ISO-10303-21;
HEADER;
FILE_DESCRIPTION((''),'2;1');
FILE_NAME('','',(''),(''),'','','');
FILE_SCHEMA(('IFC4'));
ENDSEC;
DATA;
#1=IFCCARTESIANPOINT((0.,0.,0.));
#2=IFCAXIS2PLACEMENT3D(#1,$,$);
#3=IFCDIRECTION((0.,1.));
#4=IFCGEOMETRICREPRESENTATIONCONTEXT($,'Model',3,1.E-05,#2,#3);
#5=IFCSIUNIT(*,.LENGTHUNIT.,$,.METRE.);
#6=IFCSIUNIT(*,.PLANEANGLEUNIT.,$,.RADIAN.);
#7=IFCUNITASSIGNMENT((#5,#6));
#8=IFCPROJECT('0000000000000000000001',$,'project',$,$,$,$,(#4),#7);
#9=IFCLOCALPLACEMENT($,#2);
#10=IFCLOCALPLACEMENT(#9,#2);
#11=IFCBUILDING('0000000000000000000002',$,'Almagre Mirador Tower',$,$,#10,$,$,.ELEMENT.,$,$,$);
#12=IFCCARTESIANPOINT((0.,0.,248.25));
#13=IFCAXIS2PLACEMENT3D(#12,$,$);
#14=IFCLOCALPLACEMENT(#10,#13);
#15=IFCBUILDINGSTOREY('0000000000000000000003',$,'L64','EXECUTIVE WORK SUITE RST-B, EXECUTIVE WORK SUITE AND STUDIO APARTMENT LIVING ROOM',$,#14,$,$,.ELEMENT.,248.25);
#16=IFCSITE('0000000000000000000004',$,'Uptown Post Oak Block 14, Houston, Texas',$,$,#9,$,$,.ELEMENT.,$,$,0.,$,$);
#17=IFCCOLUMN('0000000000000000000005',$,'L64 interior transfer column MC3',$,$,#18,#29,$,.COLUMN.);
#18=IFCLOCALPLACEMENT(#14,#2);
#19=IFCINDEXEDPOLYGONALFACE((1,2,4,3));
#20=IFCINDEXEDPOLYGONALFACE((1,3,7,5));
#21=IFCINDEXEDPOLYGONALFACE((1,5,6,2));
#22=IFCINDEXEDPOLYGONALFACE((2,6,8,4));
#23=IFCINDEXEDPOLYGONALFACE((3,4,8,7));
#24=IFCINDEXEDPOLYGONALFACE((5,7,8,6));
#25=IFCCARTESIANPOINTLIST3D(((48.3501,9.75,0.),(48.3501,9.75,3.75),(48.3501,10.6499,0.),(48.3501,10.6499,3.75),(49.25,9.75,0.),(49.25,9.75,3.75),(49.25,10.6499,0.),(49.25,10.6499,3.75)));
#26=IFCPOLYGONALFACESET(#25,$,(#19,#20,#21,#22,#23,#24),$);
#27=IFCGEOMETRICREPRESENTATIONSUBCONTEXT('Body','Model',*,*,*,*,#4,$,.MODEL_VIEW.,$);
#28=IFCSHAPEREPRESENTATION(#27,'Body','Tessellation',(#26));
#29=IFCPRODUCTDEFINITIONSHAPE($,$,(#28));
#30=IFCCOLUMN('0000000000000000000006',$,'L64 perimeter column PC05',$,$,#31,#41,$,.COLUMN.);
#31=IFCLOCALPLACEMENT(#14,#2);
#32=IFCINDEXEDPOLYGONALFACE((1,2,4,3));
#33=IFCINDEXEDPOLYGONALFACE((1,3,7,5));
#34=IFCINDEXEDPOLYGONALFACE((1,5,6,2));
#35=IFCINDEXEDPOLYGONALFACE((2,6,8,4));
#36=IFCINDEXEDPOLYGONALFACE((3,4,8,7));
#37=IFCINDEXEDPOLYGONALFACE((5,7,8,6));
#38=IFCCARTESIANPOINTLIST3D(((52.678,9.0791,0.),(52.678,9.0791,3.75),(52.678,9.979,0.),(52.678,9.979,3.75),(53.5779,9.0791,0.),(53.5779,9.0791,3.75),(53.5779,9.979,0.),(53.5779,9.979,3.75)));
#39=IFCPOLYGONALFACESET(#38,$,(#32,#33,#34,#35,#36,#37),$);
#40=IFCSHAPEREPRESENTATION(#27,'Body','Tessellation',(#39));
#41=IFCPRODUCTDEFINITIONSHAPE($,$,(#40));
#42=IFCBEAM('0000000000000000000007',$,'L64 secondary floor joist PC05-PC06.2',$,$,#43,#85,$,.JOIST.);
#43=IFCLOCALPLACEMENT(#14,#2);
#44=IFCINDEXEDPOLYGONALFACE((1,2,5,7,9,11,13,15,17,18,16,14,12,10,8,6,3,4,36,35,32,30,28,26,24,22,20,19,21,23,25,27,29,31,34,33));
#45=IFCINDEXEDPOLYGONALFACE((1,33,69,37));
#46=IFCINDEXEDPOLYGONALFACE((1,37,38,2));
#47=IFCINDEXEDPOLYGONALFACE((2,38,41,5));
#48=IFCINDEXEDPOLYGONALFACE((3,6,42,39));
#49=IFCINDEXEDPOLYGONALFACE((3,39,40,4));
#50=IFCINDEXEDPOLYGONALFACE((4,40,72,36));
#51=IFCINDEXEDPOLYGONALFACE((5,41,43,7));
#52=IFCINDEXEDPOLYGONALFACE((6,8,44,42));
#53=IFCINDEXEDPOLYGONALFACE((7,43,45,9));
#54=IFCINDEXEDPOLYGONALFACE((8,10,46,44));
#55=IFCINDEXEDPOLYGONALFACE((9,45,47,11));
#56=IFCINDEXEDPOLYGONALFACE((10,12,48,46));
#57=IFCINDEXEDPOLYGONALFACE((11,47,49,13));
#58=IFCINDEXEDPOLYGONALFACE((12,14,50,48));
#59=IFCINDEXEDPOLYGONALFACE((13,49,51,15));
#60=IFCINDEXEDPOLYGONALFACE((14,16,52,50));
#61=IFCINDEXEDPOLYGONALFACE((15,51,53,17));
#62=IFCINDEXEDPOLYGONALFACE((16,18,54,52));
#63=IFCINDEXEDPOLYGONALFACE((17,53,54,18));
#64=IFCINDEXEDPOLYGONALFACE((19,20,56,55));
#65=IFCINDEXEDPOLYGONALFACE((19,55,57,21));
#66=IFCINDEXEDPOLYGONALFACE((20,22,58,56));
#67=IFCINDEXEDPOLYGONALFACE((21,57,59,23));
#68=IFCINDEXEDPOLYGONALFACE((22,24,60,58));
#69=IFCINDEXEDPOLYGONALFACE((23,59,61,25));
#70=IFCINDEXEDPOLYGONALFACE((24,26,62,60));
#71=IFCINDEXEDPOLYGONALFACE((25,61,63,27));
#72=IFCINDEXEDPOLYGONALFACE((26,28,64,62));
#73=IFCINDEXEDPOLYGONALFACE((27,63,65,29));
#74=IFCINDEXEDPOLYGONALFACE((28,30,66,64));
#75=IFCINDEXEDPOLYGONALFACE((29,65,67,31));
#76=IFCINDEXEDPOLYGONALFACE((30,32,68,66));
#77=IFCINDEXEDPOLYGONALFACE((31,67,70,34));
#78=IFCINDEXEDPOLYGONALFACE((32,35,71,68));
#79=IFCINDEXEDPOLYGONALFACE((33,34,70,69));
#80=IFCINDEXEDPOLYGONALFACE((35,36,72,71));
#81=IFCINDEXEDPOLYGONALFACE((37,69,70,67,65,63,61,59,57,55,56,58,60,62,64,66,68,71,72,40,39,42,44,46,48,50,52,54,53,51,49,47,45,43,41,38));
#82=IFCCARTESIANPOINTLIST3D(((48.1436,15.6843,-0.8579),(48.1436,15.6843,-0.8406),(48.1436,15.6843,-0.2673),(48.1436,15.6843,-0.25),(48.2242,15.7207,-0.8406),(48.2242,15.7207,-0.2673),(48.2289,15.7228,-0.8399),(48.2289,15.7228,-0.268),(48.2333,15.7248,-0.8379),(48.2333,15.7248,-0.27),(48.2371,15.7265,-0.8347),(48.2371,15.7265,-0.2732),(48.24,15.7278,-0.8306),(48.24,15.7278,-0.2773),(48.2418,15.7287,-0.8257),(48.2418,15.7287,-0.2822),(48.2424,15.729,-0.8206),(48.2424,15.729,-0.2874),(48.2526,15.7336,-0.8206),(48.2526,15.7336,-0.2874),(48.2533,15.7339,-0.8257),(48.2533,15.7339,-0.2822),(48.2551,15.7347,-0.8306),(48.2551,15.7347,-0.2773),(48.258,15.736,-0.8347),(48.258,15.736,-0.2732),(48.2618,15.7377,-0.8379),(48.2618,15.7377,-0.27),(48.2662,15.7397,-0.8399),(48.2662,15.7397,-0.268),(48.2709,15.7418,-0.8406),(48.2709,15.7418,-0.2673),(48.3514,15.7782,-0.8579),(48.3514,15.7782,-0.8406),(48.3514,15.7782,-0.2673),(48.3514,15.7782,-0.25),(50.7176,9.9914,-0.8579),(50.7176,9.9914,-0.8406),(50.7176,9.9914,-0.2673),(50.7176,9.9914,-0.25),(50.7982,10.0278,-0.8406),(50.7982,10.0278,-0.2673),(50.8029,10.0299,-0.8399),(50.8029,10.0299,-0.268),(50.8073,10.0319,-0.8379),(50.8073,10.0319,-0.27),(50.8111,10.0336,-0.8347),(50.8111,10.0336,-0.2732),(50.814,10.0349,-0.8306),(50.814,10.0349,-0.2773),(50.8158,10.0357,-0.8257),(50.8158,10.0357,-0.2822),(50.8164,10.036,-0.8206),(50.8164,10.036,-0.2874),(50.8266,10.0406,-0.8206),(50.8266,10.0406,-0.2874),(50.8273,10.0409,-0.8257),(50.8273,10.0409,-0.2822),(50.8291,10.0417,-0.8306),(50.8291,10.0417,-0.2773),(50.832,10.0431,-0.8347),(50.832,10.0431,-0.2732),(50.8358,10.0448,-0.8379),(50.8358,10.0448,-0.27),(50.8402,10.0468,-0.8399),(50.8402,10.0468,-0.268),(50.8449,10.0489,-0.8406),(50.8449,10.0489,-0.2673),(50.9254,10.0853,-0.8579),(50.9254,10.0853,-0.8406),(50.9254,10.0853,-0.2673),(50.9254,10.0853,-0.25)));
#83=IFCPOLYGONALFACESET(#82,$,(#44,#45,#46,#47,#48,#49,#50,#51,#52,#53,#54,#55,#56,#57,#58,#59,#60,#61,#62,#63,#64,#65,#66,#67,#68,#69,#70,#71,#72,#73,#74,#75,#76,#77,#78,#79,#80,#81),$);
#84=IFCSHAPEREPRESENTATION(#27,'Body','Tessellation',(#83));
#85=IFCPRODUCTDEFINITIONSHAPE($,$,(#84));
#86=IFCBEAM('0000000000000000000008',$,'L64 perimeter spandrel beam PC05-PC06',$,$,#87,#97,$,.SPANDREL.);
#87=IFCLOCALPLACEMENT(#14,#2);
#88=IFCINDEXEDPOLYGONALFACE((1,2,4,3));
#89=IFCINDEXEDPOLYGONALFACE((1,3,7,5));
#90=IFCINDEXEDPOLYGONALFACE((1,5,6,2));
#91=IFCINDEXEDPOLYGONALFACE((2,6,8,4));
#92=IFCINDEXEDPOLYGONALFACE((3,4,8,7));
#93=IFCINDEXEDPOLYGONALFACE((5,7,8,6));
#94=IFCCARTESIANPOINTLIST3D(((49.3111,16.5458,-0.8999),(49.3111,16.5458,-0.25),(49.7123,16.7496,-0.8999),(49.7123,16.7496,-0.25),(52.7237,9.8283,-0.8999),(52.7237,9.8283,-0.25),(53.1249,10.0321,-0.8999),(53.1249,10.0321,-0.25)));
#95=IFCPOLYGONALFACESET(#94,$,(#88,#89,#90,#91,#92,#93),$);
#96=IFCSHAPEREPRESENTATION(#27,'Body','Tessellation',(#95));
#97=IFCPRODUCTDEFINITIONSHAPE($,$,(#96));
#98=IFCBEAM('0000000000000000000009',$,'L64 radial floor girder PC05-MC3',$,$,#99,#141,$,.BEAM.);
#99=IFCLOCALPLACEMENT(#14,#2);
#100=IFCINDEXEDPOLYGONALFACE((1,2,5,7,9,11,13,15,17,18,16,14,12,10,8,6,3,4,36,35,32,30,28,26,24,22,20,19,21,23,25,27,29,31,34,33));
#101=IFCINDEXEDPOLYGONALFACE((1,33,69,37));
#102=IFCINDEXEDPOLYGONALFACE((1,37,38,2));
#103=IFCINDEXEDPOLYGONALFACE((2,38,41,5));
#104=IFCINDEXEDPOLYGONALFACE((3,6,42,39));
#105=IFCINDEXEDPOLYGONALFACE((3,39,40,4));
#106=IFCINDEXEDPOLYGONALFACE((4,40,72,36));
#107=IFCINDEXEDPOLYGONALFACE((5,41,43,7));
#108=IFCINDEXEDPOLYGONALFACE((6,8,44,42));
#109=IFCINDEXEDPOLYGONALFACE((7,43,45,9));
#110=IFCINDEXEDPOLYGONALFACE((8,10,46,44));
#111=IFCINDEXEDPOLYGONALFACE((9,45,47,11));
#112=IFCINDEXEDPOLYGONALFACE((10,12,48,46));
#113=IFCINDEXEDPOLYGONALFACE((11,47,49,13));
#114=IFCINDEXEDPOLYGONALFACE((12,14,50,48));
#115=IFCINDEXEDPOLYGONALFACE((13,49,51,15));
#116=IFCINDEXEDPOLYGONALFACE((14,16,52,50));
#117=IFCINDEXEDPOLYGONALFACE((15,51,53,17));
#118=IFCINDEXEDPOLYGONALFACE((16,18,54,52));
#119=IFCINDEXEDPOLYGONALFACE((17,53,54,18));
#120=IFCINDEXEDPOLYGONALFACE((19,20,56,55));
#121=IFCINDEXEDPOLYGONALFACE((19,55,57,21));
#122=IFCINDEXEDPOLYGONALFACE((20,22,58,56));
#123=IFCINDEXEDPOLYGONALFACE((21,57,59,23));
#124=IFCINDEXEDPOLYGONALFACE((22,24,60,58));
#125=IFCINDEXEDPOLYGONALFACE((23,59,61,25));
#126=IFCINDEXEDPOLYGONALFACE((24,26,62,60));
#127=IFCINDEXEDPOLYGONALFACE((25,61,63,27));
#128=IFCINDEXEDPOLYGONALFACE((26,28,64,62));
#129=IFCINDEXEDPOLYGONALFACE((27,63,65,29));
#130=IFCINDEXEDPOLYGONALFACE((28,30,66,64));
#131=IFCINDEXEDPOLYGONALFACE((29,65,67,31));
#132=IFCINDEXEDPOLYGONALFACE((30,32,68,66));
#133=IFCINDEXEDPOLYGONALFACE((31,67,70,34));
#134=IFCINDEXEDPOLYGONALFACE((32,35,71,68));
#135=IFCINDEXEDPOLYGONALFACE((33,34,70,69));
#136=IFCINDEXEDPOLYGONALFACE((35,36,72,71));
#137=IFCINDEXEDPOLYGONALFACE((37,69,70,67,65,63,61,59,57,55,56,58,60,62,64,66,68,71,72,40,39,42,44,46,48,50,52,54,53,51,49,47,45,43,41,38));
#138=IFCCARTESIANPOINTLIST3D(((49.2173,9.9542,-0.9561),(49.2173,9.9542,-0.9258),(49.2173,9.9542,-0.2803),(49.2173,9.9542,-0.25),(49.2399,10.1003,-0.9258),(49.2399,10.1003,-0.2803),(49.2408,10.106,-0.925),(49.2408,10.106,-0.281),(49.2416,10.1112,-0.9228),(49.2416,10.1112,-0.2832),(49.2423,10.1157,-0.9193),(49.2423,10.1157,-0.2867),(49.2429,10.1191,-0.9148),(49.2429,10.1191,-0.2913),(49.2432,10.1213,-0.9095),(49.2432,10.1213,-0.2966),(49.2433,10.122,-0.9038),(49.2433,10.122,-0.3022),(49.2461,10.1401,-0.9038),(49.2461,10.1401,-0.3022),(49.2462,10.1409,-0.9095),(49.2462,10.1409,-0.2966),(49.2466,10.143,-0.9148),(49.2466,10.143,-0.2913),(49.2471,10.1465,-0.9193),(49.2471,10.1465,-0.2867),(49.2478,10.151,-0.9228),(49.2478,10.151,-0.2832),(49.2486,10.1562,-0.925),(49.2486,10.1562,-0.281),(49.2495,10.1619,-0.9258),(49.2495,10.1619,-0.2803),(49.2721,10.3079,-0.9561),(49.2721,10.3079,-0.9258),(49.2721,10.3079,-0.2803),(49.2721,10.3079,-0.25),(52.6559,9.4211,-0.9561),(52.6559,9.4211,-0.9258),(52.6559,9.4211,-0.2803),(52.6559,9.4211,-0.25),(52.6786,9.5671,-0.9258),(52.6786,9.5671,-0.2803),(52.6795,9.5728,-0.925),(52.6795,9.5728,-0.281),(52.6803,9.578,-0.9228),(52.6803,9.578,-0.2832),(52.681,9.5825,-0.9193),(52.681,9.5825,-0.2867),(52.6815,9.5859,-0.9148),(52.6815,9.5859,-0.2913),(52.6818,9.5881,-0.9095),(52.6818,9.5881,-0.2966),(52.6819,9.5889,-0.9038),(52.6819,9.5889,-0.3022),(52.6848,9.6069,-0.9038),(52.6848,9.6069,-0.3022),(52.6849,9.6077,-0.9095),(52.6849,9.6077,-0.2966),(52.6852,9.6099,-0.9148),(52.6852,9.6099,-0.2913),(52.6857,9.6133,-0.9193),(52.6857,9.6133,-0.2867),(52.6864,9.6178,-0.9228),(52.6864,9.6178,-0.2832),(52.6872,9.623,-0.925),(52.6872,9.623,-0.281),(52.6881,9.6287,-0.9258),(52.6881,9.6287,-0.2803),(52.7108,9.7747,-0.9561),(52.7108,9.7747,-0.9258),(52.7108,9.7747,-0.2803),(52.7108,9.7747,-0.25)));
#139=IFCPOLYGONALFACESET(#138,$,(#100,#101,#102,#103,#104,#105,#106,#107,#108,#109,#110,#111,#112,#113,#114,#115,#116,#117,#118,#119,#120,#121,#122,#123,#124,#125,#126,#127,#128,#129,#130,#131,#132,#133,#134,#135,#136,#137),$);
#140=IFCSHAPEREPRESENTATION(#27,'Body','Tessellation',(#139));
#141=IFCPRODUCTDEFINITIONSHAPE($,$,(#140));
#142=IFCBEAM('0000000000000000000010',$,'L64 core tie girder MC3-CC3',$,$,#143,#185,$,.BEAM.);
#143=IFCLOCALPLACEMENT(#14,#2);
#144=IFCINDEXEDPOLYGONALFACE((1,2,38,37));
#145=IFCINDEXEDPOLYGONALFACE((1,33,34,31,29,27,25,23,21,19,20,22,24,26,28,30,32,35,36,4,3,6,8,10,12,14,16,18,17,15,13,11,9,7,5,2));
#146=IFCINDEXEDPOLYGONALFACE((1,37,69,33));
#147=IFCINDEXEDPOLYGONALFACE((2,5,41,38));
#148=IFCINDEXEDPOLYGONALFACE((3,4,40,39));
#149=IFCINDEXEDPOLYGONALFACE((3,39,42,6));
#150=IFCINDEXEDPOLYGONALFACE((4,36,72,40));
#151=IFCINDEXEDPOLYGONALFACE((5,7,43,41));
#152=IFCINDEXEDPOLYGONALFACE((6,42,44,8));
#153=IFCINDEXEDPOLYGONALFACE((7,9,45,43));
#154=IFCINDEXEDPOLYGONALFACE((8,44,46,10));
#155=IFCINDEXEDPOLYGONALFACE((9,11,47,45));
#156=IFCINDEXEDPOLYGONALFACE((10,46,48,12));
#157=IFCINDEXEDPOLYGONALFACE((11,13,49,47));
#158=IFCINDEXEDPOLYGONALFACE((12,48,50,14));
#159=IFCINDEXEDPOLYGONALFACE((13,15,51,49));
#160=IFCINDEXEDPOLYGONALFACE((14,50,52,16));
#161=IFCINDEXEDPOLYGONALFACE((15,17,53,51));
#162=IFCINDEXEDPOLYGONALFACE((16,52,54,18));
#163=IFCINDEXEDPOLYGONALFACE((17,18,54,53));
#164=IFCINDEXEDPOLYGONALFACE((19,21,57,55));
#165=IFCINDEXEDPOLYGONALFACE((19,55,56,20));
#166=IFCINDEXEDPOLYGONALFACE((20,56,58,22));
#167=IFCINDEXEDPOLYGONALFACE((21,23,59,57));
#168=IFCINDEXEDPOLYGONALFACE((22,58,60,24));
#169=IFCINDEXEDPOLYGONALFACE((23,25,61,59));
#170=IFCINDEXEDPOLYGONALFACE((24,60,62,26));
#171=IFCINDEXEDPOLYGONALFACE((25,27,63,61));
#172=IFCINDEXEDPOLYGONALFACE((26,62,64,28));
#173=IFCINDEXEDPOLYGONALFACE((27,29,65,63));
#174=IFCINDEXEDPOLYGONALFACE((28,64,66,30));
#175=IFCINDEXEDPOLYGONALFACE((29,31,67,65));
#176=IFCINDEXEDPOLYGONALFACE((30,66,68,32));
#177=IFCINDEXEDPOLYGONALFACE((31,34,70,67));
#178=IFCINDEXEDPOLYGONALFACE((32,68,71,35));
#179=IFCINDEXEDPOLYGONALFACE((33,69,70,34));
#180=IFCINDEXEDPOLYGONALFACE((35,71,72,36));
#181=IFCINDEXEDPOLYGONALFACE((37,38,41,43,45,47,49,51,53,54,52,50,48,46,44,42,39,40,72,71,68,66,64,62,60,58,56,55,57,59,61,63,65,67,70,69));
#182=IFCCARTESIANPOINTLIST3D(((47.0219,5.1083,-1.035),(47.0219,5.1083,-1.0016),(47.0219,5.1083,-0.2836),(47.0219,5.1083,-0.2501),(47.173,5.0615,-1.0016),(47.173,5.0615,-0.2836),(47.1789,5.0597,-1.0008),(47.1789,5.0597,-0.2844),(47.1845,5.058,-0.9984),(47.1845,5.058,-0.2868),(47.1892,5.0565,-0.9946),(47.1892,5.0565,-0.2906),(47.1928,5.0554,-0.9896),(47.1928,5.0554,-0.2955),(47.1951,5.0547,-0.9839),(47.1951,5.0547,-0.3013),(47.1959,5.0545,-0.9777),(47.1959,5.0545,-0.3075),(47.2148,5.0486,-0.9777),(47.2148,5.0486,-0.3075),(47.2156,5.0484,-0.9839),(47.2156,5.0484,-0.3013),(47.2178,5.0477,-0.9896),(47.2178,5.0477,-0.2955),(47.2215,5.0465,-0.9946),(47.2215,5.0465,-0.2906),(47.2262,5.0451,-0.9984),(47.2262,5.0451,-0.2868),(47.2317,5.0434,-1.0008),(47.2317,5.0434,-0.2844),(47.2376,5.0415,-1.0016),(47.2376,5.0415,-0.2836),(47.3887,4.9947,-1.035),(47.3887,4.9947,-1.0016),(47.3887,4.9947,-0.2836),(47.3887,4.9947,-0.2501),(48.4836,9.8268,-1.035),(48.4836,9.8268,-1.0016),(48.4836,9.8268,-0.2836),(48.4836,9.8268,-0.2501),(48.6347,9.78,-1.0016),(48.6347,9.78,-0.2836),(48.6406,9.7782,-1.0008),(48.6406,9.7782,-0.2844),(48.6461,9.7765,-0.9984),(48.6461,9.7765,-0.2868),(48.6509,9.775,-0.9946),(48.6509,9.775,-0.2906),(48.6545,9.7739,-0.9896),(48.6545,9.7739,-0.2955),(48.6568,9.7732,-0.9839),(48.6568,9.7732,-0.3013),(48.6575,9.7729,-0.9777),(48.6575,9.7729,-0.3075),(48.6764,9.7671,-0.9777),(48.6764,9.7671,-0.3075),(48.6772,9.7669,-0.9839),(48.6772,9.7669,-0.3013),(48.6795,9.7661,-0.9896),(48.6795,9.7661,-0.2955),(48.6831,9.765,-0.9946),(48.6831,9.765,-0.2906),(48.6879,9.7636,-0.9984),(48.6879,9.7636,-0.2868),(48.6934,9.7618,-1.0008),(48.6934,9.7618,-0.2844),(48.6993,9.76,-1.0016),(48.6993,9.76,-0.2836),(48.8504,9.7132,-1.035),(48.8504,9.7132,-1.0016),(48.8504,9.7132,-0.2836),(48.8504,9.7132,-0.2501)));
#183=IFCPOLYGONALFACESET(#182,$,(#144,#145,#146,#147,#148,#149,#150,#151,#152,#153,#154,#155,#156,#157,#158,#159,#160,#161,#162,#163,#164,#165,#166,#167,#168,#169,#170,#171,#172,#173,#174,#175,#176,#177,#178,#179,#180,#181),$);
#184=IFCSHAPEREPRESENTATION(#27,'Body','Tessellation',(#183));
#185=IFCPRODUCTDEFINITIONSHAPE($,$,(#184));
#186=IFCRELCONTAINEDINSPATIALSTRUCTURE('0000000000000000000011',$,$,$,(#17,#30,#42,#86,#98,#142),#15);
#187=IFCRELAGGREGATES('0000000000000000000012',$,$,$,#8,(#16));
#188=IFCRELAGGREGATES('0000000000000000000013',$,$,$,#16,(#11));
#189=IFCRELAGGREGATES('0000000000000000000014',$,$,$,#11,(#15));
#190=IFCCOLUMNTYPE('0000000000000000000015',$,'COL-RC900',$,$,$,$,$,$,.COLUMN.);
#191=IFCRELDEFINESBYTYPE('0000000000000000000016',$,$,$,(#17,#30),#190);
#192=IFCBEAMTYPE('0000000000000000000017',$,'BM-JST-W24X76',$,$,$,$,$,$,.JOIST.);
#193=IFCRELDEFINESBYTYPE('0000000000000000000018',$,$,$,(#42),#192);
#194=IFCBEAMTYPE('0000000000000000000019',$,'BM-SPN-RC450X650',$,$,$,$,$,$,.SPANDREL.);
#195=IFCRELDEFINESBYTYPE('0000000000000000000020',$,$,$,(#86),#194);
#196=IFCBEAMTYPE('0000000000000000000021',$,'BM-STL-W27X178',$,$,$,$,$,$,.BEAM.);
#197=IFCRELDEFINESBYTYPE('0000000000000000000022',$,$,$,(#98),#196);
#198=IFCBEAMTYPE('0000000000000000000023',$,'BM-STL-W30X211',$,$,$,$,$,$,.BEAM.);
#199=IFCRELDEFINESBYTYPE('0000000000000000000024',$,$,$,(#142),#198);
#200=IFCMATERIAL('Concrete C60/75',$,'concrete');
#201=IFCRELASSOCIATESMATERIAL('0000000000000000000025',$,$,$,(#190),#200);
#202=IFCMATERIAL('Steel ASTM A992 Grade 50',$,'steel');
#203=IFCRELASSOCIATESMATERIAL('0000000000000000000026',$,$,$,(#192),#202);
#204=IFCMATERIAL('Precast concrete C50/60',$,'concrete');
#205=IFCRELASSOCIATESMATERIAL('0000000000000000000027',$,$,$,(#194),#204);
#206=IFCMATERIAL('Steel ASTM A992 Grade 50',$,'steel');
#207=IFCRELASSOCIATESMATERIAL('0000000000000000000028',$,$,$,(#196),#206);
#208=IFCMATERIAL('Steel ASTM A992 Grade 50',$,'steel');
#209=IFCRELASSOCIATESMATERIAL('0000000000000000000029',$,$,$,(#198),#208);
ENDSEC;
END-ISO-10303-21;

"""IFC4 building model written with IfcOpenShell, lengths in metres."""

from ifc_helpers import new_model, si_unit, direction, frame, origin, origin_2d, place, context, subcontext, project, spatial, rectangle, i_section, extrude, material, material_profile, profile_set, type_object, element, save


model = new_model("IFC4")

# Units and contexts
model_context = context("Model", 3, precision=1e-05, world=origin(), true_north=direction((0.0, 1.0)))
body_context = subcontext(model_context, "Body", "Model", "MODEL_VIEW")
ifc_project = project(units=[si_unit("LENGTHUNIT", "METRE"), si_unit("PLANEANGLEUNIT", "RADIAN")], contexts=[model_context])

# Site, building, storey
site_placement = place(None, origin())
site = spatial("IfcSite", under=ifc_project, at=site_placement, Name="Uptown Post Oak Block 14, Houston, Texas", CompositionType="ELEMENT", RefElevation=0.0)
building_placement = place(site_placement, origin())
building = spatial("IfcBuilding", under=site, at=building_placement, Name="Almagre Mirador Tower", CompositionType="ELEMENT")
storey_placement = place(building_placement, frame((0.0, 0.0, 248.25)))
storey = spatial("IfcBuildingStorey", under=building, at=storey_placement, Name="L64", Description="EXECUTIVE WORK SUITE RST-B, EXECUTIVE WORK SUITE AND STUDIO APARTMENT LIVING ROOM", CompositionType="ELEMENT", Elevation=248.25)

# Columns
ifc_material_1 = material(Name="Concrete C60/75", Category="concrete")
ifc_material_profile_1 = material_profile(ifc_material_1, rectangle(XDim=0.8999, YDim=0.8999, at=origin_2d()), Name="RC900X900")
ifc_profile_set_1 = profile_set([ifc_material_profile_1], Name="Concrete C60/75")
column_type = type_object("IfcColumnType", Name="COL-RC900", PredefinedType="COLUMN", material=ifc_profile_set_1)
for number, where, z_axis, x_axis, name in (
    (1, (48.8, 10.2, 0.0), (0.0, 0.0, 1.0), (1.0, 0.0, 0.0), "L64 interior transfer column MC3"),
    (2, (53.1279, 9.5291, 0.0), (0.0, 0.0, 1.0), (1.0, 0.0, 0.0), "L64 perimeter column PC05"),
):
    element("IfcColumn", number, at=place(storey_placement, frame(where, z_axis=z_axis, x_axis=x_axis)), inside=storey, type_object=column_type, Name=name, PredefinedType="COLUMN", context=body_context, shape_type="SweptSolid", body=[
        extrude(rectangle(XDim=0.8999, YDim=0.8999, at=origin_2d()), origin(), (0.0, 0.0, 1.0), 3.75),
    ])

# Beams
ifc_material_2 = material(Name="Steel ASTM A992 Grade 50", Category="steel")
ifc_material_profile_2 = material_profile(ifc_material_2, i_section(OverallWidth=0.228, OverallDepth=0.6079, WebThickness=0.0112, FlangeThickness=0.0173, FilletRadius=0.02, at=origin_2d()), Name="W24X76")
ifc_profile_set_2 = profile_set([ifc_material_profile_2], Name="Steel ASTM A992 Grade 50")
beam_type_1 = type_object("IfcBeamType", Name="BM-JST-W24X76", PredefinedType="JOIST", material=ifc_profile_set_2)
beam_1_placement = place(storey_placement, frame((50.8215, 10.0383, -0.554), z_axis=(-0.411986, 0.91119, 0.0), x_axis=(-0.91119, -0.411986, 0.0)))
element("IfcBeam", 3, at=beam_1_placement, inside=storey, type_object=beam_type_1, Name="L64 secondary floor joist PC05-PC06.2", PredefinedType="JOIST", context=body_context, shape_type="SweptSolid", body=[
    extrude(i_section(OverallWidth=0.228, OverallDepth=0.6079, WebThickness=0.0112, FlangeThickness=0.0173, FilletRadius=0.02, at=origin_2d()), origin(), (0.0, 0.0, 1.0), 6.2478),
])
ifc_material_3 = material(Name="Precast concrete C50/60", Category="concrete")
ifc_material_profile_3 = material_profile(ifc_material_3, rectangle(XDim=0.45, YDim=0.6499, at=origin_2d()), Name="RC450X650")
ifc_profile_set_3 = profile_set([ifc_material_profile_3], Name="Precast concrete C50/60")
beam_type_2 = type_object("IfcBeamType", Name="BM-SPN-RC450X650", PredefinedType="SPANDREL", material=ifc_profile_set_3)
beam_2_placement = place(storey_placement, frame((52.9243, 9.9302, -0.575), z_axis=(-0.45292, 0.891551, 0.0), x_axis=(-0.891551, -0.45292, 0.0)))
element("IfcBeam", 4, at=beam_2_placement, inside=storey, type_object=beam_type_2, Name="L64 perimeter spandrel beam PC05-PC06", PredefinedType="SPANDREL", context=body_context, shape_type="SweptSolid", body=[
    extrude(rectangle(XDim=0.45, YDim=0.6499, at=origin_2d()), origin(), (0.0, 0.0, 1.0), 7.5347),
])
ifc_material_4 = material(Name="Steel ASTM A992 Grade 50", Category="steel")
ifc_material_profile_4 = material_profile(ifc_material_4, i_section(OverallWidth=0.3579, OverallDepth=0.7061, WebThickness=0.0183, FlangeThickness=0.0303, FilletRadius=0.022, at=origin_2d()), Name="W27X178")
ifc_profile_set_4 = profile_set([ifc_material_profile_4], Name="Steel ASTM A992 Grade 50")
beam_type_3 = type_object("IfcBeamType", Name="BM-STL-W27X178", PredefinedType="BEAM", material=ifc_profile_set_4)
beam_3_placement = place(storey_placement, frame((52.6833, 9.5979, -0.603), z_axis=(-0.988191, 0.153227, 0.0), x_axis=(-0.153227, -0.988191, 0.0)))
element("IfcBeam", 5, at=beam_3_placement, inside=storey, type_object=beam_type_3, Name="L64 radial floor girder PC05-MC3", PredefinedType="BEAM", context=body_context, shape_type="SweptSolid", body=[
    extrude(i_section(OverallWidth=0.3579, OverallDepth=0.7061, WebThickness=0.0183, FlangeThickness=0.0303, FilletRadius=0.022, at=origin_2d()), origin(), (0.0, 0.0, 1.0), 3.4797),
])
ifc_material_5 = material(Name="Steel ASTM A992 Grade 50", Category="steel")
ifc_material_profile_5 = material_profile(ifc_material_5, i_section(OverallWidth=0.384, OverallDepth=0.7849, WebThickness=0.0198, FlangeThickness=0.0334, FilletRadius=0.0239, at=origin_2d()), Name="W30X211")
ifc_profile_set_5 = profile_set([ifc_material_profile_5], Name="Steel ASTM A992 Grade 50")
beam_type_4 = type_object("IfcBeamType", Name="BM-STL-W30X211", PredefinedType="BEAM", material=ifc_profile_set_5)
beam_4_placement = place(storey_placement, frame((48.667, 9.77, -0.6426), z_axis=(-0.295902, -0.955218, 0.0), x_axis=(0.955218, -0.295902, 0.0)))
element("IfcBeam", 6, at=beam_4_placement, inside=storey, type_object=beam_type_4, Name="L64 core tie girder MC3-CC3", PredefinedType="BEAM", context=body_context, shape_type="SweptSolid", body=[
    extrude(i_section(OverallWidth=0.384, OverallDepth=0.7849, WebThickness=0.0198, FlangeThickness=0.0334, FilletRadius=0.0239, at=origin_2d()), origin(), (0.0, 0.0, 1.0), 4.9397),
])

save(model, "model.ifc")
